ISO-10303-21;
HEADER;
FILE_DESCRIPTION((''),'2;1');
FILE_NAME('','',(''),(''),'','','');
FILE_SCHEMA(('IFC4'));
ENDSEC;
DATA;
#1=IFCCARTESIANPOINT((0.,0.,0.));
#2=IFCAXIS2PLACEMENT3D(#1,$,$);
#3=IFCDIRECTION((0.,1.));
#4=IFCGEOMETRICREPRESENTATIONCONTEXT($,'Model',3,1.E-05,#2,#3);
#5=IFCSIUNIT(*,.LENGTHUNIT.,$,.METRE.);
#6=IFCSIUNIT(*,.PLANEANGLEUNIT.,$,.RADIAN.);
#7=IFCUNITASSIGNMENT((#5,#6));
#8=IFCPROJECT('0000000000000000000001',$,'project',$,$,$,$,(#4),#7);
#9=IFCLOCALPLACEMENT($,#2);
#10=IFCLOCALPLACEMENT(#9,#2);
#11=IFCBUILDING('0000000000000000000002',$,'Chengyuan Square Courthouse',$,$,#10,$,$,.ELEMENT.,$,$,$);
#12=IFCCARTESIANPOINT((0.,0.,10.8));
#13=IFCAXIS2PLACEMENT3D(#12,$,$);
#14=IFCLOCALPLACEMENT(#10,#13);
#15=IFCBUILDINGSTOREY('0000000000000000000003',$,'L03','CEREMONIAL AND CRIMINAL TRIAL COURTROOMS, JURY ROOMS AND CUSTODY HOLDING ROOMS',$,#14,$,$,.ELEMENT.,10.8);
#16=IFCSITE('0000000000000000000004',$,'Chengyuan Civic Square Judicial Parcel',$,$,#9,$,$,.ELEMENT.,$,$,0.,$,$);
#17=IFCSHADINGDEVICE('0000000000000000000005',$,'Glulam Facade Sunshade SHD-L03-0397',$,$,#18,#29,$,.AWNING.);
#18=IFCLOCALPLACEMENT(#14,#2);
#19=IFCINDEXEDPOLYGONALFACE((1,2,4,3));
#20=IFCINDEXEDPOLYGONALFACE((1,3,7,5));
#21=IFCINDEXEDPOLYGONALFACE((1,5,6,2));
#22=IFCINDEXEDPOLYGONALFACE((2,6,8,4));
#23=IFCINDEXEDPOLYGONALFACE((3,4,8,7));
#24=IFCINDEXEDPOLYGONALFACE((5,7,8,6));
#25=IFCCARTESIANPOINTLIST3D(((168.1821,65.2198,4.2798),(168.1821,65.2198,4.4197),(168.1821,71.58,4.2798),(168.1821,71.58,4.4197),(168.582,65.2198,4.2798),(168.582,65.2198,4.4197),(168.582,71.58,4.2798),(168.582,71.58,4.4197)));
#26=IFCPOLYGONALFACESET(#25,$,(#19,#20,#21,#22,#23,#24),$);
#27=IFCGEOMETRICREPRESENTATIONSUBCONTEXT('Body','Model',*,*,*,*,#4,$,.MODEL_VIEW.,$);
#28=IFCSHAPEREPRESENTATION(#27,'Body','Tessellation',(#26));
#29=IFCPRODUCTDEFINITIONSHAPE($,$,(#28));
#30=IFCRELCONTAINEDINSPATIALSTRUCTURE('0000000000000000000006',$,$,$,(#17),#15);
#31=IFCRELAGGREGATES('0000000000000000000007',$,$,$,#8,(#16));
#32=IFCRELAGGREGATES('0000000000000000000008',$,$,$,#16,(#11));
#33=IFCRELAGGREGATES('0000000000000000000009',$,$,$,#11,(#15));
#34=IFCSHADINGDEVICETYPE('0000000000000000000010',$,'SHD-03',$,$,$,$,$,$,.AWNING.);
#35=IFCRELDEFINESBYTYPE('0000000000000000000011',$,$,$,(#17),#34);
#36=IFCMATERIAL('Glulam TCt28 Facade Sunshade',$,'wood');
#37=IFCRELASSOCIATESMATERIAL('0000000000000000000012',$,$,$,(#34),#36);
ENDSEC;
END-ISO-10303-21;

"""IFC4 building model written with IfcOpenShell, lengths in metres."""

from ifc_helpers import new_model, si_unit, direction, frame, origin, origin_2d, place, context, subcontext, project, spatial, rectangle, extrude, material, type_object, element, save


model = new_model("IFC4")

# Units and contexts
model_context = context("Model", 3, precision=1e-05, world=origin(), true_north=direction((0.0, 1.0)))
body_context = subcontext(model_context, "Body", "Model", "MODEL_VIEW")
ifc_project = project(units=[si_unit("LENGTHUNIT", "METRE"), si_unit("PLANEANGLEUNIT", "RADIAN")], contexts=[model_context])

# Site, building, storey
site_placement = place(None, origin())
site = spatial("IfcSite", under=ifc_project, at=site_placement, Name="Chengyuan Civic Square Judicial Parcel", CompositionType="ELEMENT", RefElevation=0.0)
building_placement = place(site_placement, origin())
building = spatial("IfcBuilding", under=site, at=building_placement, Name="Chengyuan Square Courthouse", CompositionType="ELEMENT")
storey_placement = place(building_placement, frame((0.0, 0.0, 10.8)))
storey = spatial("IfcBuildingStorey", under=building, at=storey_placement, Name="L03", Description="CEREMONIAL AND CRIMINAL TRIAL COURTROOMS, JURY ROOMS AND CUSTODY HOLDING ROOMS", CompositionType="ELEMENT", Elevation=10.8)

# Shading device
ifc_material_1 = material(Name="Glulam TCt28 Facade Sunshade", Category="wood")
shading_device_type_1 = type_object("IfcShadingDeviceType", Name="SHD-03", PredefinedType="AWNING", material=ifc_material_1)
shading_device_1_placement = place(storey_placement, frame((168.3821, 68.3999, 4.2798), z_axis=(0.0, 0.0, 1.0), x_axis=(0.0, 1.0, 0.0)))
element("IfcShadingDevice", 1, at=shading_device_1_placement, inside=storey, type_object=shading_device_type_1, Name="Glulam Facade Sunshade SHD-L03-0397", PredefinedType="AWNING", context=body_context, shape_type="SweptSolid", body=[
    extrude(rectangle(XDim=6.3601, YDim=0.3999, at=origin_2d()), origin(), (0.0, 0.0, 1.0), 0.1399),
])

save(model, "model.ifc")
